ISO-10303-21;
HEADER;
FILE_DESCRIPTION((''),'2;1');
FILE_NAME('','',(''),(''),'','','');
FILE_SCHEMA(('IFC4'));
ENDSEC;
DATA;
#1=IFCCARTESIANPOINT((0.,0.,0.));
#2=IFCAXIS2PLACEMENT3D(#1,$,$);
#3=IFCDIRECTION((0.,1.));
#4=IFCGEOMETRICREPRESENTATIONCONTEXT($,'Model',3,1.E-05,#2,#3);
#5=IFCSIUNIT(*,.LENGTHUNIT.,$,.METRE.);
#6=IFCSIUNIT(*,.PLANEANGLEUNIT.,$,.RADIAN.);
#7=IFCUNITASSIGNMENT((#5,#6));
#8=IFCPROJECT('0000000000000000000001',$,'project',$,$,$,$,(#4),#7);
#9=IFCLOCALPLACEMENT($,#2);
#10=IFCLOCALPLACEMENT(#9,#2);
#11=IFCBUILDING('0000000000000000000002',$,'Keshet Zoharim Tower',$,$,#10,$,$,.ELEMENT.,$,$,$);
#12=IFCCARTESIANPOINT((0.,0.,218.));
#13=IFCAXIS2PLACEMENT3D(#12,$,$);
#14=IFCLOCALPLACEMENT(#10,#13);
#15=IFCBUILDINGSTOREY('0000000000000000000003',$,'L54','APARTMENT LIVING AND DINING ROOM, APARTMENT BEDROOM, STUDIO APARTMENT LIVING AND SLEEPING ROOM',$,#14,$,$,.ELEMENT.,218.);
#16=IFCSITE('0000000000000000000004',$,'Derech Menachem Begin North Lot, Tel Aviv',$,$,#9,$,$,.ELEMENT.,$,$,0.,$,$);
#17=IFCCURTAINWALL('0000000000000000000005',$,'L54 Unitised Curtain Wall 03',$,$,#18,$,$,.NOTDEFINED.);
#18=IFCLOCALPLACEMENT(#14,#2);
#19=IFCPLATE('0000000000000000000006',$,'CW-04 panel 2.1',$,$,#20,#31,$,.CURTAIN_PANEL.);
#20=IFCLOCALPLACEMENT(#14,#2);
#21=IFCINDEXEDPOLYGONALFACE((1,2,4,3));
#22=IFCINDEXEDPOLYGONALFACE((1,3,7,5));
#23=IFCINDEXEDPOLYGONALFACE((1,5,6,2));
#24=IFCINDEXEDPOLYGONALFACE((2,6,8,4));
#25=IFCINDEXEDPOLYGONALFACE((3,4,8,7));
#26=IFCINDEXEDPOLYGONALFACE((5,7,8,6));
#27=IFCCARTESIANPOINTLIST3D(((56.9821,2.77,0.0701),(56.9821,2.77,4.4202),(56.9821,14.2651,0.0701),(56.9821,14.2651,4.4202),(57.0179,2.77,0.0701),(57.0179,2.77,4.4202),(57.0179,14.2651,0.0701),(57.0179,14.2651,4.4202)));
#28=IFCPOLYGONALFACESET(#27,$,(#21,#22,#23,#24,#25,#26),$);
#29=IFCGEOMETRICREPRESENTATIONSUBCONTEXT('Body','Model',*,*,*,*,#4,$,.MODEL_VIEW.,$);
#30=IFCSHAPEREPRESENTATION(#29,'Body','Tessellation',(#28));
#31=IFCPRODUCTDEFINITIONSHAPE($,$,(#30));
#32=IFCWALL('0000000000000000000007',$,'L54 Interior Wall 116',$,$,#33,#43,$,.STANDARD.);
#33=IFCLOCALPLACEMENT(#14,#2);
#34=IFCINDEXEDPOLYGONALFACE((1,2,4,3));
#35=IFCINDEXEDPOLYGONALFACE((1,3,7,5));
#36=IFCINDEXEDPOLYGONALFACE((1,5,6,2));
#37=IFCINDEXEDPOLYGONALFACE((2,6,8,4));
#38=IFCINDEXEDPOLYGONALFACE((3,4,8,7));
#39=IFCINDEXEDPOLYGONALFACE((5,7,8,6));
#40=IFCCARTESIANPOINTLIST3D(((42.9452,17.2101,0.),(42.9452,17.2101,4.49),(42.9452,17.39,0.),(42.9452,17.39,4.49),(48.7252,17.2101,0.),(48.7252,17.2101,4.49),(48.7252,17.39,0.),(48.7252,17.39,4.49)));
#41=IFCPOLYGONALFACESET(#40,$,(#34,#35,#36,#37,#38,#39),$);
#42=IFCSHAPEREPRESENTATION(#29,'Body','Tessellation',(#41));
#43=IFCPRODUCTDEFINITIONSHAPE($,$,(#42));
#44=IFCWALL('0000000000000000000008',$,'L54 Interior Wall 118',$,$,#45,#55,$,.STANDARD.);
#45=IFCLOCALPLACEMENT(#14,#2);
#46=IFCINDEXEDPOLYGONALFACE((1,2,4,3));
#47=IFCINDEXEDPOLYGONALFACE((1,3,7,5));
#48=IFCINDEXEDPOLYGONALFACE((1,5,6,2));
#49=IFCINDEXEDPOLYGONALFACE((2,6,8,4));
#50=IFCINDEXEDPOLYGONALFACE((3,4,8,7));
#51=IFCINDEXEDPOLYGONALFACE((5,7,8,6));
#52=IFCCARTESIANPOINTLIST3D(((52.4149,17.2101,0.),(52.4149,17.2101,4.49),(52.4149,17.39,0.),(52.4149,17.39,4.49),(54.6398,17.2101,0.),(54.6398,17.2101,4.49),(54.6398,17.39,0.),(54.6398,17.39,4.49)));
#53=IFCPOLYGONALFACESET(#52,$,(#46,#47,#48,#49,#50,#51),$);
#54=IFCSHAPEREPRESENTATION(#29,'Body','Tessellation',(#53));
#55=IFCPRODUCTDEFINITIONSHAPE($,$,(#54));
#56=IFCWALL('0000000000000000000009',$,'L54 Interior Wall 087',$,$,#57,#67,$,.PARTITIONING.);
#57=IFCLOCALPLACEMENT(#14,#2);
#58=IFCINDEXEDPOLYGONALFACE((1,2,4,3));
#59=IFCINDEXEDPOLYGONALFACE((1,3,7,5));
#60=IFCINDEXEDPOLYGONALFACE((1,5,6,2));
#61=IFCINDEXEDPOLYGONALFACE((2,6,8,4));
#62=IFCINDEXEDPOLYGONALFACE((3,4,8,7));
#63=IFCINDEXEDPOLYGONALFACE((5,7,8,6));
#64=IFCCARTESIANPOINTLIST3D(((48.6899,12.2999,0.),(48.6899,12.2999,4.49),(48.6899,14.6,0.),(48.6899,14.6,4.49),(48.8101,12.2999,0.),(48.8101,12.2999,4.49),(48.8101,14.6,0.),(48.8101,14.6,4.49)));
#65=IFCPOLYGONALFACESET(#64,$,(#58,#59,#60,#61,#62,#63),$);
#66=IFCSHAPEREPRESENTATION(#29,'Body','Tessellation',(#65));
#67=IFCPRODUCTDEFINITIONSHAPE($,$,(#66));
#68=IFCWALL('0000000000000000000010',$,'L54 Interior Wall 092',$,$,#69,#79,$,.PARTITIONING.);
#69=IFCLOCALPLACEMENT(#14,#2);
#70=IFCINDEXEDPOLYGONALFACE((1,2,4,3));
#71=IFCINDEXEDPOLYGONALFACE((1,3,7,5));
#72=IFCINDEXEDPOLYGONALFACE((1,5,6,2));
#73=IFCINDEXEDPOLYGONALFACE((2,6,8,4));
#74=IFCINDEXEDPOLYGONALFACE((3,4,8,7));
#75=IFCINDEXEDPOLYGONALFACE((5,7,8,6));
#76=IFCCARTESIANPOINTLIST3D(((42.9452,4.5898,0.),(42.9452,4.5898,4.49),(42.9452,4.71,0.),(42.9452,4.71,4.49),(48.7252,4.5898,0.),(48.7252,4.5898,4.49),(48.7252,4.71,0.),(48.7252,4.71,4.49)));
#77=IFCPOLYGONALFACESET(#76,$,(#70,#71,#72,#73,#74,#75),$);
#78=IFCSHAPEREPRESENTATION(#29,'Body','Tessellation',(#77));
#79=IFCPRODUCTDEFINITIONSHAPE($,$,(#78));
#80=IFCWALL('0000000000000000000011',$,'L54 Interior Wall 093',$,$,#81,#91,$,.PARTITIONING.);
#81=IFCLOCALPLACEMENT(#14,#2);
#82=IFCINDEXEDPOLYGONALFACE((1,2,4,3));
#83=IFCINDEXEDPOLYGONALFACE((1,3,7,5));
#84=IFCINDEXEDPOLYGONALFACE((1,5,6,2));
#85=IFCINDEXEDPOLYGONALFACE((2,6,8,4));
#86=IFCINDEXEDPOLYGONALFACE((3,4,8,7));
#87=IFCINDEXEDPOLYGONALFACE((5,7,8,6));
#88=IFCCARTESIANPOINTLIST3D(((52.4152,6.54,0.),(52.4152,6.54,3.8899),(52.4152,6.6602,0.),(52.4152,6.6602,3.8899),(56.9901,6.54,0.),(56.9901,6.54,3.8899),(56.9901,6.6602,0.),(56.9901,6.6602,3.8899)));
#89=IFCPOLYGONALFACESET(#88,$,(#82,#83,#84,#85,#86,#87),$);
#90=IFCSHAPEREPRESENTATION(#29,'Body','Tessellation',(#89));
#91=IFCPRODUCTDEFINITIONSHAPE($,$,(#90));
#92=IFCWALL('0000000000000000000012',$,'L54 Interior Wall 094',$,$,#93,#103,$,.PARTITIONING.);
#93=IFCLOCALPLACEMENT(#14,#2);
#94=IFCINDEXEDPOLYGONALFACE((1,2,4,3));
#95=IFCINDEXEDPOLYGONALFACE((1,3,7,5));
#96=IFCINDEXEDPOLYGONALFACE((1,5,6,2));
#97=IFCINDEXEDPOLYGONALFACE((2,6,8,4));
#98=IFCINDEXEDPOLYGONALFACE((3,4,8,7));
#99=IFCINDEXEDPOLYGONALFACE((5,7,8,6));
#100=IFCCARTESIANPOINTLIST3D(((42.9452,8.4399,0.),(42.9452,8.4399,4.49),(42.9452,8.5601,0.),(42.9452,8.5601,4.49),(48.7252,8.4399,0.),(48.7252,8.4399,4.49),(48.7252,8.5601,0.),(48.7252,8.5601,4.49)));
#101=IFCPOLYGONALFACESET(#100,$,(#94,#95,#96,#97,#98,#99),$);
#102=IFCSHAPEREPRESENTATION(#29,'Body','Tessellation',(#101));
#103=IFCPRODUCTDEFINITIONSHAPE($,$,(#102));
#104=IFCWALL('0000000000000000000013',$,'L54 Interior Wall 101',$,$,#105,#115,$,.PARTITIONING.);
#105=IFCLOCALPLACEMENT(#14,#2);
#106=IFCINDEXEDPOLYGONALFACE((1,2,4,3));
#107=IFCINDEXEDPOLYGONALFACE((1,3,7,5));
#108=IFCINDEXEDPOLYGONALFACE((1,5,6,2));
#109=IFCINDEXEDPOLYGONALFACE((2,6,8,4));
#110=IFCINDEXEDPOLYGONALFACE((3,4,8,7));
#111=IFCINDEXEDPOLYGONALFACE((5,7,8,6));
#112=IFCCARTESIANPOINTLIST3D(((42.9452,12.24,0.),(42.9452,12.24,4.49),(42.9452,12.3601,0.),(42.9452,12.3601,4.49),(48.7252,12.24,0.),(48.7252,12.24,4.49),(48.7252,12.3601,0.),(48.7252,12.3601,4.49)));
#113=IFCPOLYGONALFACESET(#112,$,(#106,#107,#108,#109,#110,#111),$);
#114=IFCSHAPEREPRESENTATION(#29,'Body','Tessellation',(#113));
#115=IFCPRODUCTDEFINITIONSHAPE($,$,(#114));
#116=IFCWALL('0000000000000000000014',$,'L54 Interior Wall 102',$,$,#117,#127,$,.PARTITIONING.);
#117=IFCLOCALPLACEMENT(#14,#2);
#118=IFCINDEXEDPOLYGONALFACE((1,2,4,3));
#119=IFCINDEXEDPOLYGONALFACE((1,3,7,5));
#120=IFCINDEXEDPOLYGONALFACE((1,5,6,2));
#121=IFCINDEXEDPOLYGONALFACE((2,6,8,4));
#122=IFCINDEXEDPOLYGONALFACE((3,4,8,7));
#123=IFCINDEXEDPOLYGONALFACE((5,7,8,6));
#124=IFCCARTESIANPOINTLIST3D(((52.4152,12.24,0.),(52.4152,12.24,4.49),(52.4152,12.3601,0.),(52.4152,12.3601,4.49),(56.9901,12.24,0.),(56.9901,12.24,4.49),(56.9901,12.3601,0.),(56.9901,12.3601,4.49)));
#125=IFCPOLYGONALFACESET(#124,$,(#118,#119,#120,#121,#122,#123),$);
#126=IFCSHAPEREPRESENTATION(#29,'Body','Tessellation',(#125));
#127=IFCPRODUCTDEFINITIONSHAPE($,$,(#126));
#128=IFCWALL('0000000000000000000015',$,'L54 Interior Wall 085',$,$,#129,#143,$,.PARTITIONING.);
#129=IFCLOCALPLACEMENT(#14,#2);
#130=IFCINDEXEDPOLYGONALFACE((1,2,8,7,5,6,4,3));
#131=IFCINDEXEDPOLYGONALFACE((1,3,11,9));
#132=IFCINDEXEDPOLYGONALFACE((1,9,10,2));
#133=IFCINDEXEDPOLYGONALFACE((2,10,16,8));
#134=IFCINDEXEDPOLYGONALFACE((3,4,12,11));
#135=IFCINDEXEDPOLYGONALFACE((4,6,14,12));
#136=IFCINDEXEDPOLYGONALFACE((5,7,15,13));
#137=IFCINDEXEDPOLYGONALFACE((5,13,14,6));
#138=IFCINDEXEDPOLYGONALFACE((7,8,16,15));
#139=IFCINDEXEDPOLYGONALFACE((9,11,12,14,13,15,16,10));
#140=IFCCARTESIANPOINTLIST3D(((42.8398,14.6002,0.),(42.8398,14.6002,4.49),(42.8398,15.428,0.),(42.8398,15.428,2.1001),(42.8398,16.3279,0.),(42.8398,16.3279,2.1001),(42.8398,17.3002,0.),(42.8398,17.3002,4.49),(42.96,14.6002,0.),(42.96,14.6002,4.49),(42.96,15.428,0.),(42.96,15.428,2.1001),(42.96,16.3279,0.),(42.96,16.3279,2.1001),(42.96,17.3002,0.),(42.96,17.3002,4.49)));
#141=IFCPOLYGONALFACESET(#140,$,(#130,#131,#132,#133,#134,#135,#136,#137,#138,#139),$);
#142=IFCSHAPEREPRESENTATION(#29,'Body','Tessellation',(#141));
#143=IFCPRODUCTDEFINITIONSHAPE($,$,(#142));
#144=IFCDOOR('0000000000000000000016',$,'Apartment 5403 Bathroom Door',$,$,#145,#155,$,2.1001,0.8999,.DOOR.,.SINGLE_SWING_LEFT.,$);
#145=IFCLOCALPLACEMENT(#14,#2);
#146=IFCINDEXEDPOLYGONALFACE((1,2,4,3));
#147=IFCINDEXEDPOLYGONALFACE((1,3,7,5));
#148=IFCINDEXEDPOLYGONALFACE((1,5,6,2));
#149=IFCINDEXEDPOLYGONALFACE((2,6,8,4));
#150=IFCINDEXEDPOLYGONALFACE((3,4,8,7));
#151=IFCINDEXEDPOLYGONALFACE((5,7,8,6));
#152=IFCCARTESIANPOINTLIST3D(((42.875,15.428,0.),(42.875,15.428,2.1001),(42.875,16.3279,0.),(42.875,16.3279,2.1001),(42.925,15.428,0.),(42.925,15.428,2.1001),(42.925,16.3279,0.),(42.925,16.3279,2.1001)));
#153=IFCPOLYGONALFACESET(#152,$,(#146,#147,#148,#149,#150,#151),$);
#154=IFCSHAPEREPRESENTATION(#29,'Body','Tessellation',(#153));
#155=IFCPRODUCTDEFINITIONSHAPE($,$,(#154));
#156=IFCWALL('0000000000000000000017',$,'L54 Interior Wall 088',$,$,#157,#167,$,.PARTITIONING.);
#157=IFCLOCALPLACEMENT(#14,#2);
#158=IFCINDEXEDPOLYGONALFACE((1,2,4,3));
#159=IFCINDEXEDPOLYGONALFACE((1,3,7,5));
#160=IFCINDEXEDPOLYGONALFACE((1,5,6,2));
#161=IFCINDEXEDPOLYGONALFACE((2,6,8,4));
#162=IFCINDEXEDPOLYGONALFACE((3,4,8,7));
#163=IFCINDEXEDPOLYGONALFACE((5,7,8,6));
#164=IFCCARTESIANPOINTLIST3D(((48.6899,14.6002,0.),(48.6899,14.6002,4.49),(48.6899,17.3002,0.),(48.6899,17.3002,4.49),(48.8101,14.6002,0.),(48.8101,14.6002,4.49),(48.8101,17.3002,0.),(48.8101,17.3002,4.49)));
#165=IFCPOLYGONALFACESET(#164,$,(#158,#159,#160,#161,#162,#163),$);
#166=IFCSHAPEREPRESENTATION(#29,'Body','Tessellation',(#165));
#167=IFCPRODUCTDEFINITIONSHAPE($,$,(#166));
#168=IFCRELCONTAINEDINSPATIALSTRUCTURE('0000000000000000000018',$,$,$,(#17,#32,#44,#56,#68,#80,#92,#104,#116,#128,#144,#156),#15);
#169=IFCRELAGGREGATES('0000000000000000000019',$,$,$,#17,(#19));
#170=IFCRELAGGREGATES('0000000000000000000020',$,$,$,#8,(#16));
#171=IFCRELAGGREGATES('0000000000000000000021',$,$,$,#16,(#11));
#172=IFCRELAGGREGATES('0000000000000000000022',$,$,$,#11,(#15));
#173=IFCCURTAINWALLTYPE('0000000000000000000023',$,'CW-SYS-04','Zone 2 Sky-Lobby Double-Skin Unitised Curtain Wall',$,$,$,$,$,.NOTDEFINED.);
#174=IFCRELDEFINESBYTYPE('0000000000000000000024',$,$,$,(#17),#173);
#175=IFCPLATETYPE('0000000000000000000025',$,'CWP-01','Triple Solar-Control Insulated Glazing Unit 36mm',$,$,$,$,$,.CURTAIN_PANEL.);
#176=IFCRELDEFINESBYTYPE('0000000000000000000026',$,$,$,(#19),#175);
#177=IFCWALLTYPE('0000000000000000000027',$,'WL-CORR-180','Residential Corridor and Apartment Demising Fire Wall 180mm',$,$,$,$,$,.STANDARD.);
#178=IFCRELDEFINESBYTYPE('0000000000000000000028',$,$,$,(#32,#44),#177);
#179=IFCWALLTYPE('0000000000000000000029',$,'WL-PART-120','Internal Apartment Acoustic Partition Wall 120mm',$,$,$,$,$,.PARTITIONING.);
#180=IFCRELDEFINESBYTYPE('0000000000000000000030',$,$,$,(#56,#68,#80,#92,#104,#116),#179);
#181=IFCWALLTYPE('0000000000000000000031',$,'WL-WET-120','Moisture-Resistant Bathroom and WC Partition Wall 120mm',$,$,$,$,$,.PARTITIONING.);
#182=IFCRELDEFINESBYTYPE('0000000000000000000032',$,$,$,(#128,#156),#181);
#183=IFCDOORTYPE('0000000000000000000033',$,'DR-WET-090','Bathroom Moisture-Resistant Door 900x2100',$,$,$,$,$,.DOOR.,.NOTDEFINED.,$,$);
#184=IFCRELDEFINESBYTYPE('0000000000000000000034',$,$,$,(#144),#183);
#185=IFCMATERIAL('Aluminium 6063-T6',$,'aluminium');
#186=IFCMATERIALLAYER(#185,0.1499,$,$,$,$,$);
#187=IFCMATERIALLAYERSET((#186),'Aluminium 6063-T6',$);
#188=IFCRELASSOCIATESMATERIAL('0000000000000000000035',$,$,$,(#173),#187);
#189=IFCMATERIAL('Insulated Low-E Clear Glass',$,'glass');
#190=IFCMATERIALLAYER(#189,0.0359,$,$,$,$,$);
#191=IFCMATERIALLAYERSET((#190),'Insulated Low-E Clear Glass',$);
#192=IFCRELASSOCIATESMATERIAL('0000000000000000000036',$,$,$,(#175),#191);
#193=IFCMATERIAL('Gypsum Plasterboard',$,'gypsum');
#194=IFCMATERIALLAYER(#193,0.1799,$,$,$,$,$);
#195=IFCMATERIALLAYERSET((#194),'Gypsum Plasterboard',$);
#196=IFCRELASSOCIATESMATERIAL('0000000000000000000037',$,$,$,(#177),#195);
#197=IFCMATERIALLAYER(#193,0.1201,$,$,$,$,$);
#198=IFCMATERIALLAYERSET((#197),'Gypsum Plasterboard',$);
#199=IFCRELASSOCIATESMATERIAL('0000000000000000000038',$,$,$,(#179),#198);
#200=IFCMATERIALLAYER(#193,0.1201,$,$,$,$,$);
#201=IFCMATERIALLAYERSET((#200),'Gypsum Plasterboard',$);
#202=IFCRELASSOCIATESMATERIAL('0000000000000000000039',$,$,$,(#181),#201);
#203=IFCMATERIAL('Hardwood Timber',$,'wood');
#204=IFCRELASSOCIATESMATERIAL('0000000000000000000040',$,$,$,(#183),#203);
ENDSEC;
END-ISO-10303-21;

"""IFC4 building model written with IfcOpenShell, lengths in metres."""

from ifc_helpers import new_model, si_unit, direction, frame, frame_2d, origin, origin_2d, place, context, subcontext, project, spatial, rectangle, extrude, material, layer, layer_set, type_object, element, fill, aggregate, save


model = new_model("IFC4")

# Units and contexts
model_context = context("Model", 3, precision=1e-05, world=origin(), true_north=direction((0.0, 1.0)))
body_context = subcontext(model_context, "Body", "Model", "MODEL_VIEW")
ifc_project = project(units=[si_unit("LENGTHUNIT", "METRE"), si_unit("PLANEANGLEUNIT", "RADIAN")], contexts=[model_context])

# Site, building, storey
site_placement = place(None, origin())
site = spatial("IfcSite", under=ifc_project, at=site_placement, Name="Derech Menachem Begin North Lot, Tel Aviv", CompositionType="ELEMENT", RefElevation=0.0)
building_placement = place(site_placement, origin())
building = spatial("IfcBuilding", under=site, at=building_placement, Name="Keshet Zoharim Tower", CompositionType="ELEMENT")
storey_placement = place(building_placement, frame((0.0, 0.0, 218.0)))
storey = spatial("IfcBuildingStorey", under=building, at=storey_placement, Name="L54", Description="APARTMENT LIVING AND DINING ROOM, APARTMENT BEDROOM, STUDIO APARTMENT LIVING AND SLEEPING ROOM", CompositionType="ELEMENT", Elevation=218.0)

# Curtain wall, plate
ifc_material_1 = material(Name="Aluminium 6063-T6", Category="aluminium")
ifc_layer_1 = layer(ifc_material_1, 0.1499)
ifc_layer_set_1 = layer_set([ifc_layer_1], Name="Aluminium 6063-T6")
curtain_wall_type = type_object("IfcCurtainWallType", Name="CW-SYS-04", Description="Zone 2 Sky-Lobby Double-Skin Unitised Curtain Wall", PredefinedType="NOTDEFINED", material=ifc_layer_set_1)
curtain_wall_placement = place(storey_placement, origin())
curtain_wall = element("IfcCurtainWall", 1, at=curtain_wall_placement, inside=storey, type_object=curtain_wall_type, Name="L54 Unitised Curtain Wall 03", PredefinedType="NOTDEFINED")
ifc_material_2 = material(Name="Insulated Low-E Clear Glass", Category="glass")
ifc_layer_2 = layer(ifc_material_2, 0.0359)
ifc_layer_set_2 = layer_set([ifc_layer_2], Name="Insulated Low-E Clear Glass")
plate_type = type_object("IfcPlateType", Name="CWP-01", Description="Triple Solar-Control Insulated Glazing Unit 36mm", PredefinedType="CURTAIN_PANEL", material=ifc_layer_set_2)
plate_1_placement = place(storey_placement, frame((57.0, 8.5176, 0.0701), z_axis=(0.0, 0.0, 1.0), x_axis=(0.0, -1.0, 0.0)))
plate_1 = element("IfcPlate", 2, at=plate_1_placement, type_object=plate_type, Name="CW-04 panel 2.1", PredefinedType="CURTAIN_PANEL", context=body_context, shape_type="SweptSolid", body=[
    extrude(rectangle(XDim=11.4951, YDim=0.0359, at=origin_2d()), origin(), (0.0, 0.0, 1.0), 4.3501),
])
aggregate(curtain_wall, [plate_1])

# Wall
ifc_material_3 = material(Name="Gypsum Plasterboard", Category="gypsum")
ifc_layer_3 = layer(ifc_material_3, 0.1799)
ifc_layer_set_3 = layer_set([ifc_layer_3], Name="Gypsum Plasterboard")
wall_type_1 = type_object("IfcWallType", Name="WL-CORR-180", Description="Residential Corridor and Apartment Demising Fire Wall 180mm", PredefinedType="STANDARD", material=ifc_layer_set_3)
wall_1_placement = place(storey_placement, frame((42.9451, 17.3, 0.0), z_axis=(0.0, 0.0, 1.0), x_axis=(1.0, 0.0, 0.0)))
element("IfcWall", 3, at=wall_1_placement, inside=storey, type_object=wall_type_1, Name="L54 Interior Wall 116", PredefinedType="STANDARD", context=body_context, shape_type="SweptSolid", body=[
    extrude(rectangle(XDim=5.78, YDim=0.1799, at=frame_2d((2.8901, 0.0))), origin(), (0.0, 0.0, 1.0), 4.49),
])

# Shared definitions
ifc_material_4 = material(Name="Hardwood Timber", Category="wood")

# Walls
wall_2_placement = place(storey_placement, frame((52.415, 17.3, 0.0), z_axis=(0.0, 0.0, 1.0), x_axis=(1.0, 0.0, 0.0)))
element("IfcWall", 4, at=wall_2_placement, inside=storey, type_object=wall_type_1, Name="L54 Interior Wall 118", PredefinedType="STANDARD", context=body_context, shape_type="SweptSolid", body=[
    extrude(rectangle(XDim=2.2249, YDim=0.1799, at=frame_2d((1.1123, 0.0))), origin(), (0.0, 0.0, 1.0), 4.49),
])
ifc_layer_4 = layer(ifc_material_3, 0.1201)
ifc_layer_set_4 = layer_set([ifc_layer_4], Name="Gypsum Plasterboard")
wall_type_2 = type_object("IfcWallType", Name="WL-PART-120", Description="Internal Apartment Acoustic Partition Wall 120mm", PredefinedType="PARTITIONING", material=ifc_layer_set_4)
wall_3_placement = place(storey_placement, frame((48.75, 12.3, 0.0), z_axis=(0.0, 0.0, 1.0), x_axis=(0.0, 1.0, 0.0)))
element("IfcWall", 5, at=wall_3_placement, inside=storey, type_object=wall_type_2, Name="L54 Interior Wall 087", PredefinedType="PARTITIONING", context=body_context, shape_type="SweptSolid", body=[
    extrude(rectangle(XDim=2.3, YDim=0.1201, at=frame_2d((1.1499, 0.0))), origin(), (0.0, 0.0, 1.0), 4.49),
])

# Walls
wall_4_placement = place(storey_placement, frame((42.9451, 4.6499, 0.0), z_axis=(0.0, 0.0, 1.0), x_axis=(1.0, 0.0, 0.0)))
element("IfcWall", 6, at=wall_4_placement, inside=storey, type_object=wall_type_2, Name="L54 Interior Wall 092", PredefinedType="PARTITIONING", context=body_context, shape_type="SweptSolid", body=[
    extrude(rectangle(XDim=5.78, YDim=0.1201, at=frame_2d((2.8901, 0.0))), origin(), (0.0, 0.0, 1.0), 4.49),
])
wall_5_placement = place(storey_placement, frame((52.415, 6.6001, 0.0), z_axis=(0.0, 0.0, 1.0), x_axis=(1.0, 0.0, 0.0)))
element("IfcWall", 7, at=wall_5_placement, inside=storey, type_object=wall_type_2, Name="L54 Interior Wall 093", PredefinedType="PARTITIONING", context=body_context, shape_type="SweptSolid", body=[
    extrude(rectangle(XDim=4.575, YDim=0.1201, at=frame_2d((2.2876, 0.0))), origin(), (0.0, 0.0, 1.0), 3.8899),
])
for number, where, z_axis, x_axis, name in (
    (8, (42.9451, 8.5, 0.0), (0.0, 0.0, 1.0), (1.0, 0.0, 0.0), "L54 Interior Wall 094"),
    (9, (42.9451, 12.3, 0.0), (0.0, 0.0, 1.0), (1.0, 0.0, 0.0), "L54 Interior Wall 101"),
):
    element("IfcWall", number, at=place(storey_placement, frame(where, z_axis=z_axis, x_axis=x_axis)), inside=storey, type_object=wall_type_2, Name=name, PredefinedType="PARTITIONING", context=body_context, shape_type="SweptSolid", body=[
        extrude(rectangle(XDim=5.78, YDim=0.1201, at=frame_2d((2.8901, 0.0))), origin(), (0.0, 0.0, 1.0), 4.49),
    ])
wall_6_placement = place(storey_placement, frame((52.415, 12.3, 0.0), z_axis=(0.0, 0.0, 1.0), x_axis=(1.0, 0.0, 0.0)))
element("IfcWall", 10, at=wall_6_placement, inside=storey, type_object=wall_type_2, Name="L54 Interior Wall 102", PredefinedType="PARTITIONING", context=body_context, shape_type="SweptSolid", body=[
    extrude(rectangle(XDim=4.575, YDim=0.1201, at=frame_2d((2.2876, 0.0))), origin(), (0.0, 0.0, 1.0), 4.49),
])

# Wall, opening, door
ifc_layer_5 = layer(ifc_material_3, 0.1201)
ifc_layer_set_5 = layer_set([ifc_layer_5], Name="Gypsum Plasterboard")
wall_type_3 = type_object("IfcWallType", Name="WL-WET-120", Description="Moisture-Resistant Bathroom and WC Partition Wall 120mm", PredefinedType="PARTITIONING", material=ifc_layer_set_5)
wall_7_placement = place(storey_placement, frame((42.8999, 14.6001, 0.0), z_axis=(0.0, 0.0, 1.0), x_axis=(0.0, 1.0, 0.0)))
wall_7 = element("IfcWall", 11, at=wall_7_placement, inside=storey, type_object=wall_type_3, Name="L54 Interior Wall 085", PredefinedType="PARTITIONING", context=body_context, shape_type="SweptSolid", body=[
    extrude(rectangle(XDim=2.7, YDim=0.1201, at=frame_2d((1.3501, 0.0))), origin(), (0.0, 0.0, 1.0), 4.49),
])
opening_1_placement = place(wall_7_placement, frame((0.8279, 0.0, 0.0)))
opening_1 = element("IfcOpeningElement", 12, at=opening_1_placement, cuts=wall_7, PredefinedType="OPENING", context=body_context, shape_type="SweptSolid", body=[
    extrude(rectangle(XDim=0.8999, YDim=2.1001, at=frame_2d((0.45, 1.05))), frame((0.0, 0.0701, 0.0), z_axis=(0.0, -1.0, 0.0), x_axis=(1.0, 0.0, 0.0)), (0.0, 0.0, 1.0), 0.1401),
])
door_type_1 = type_object("IfcDoorType", Name="DR-WET-090", Description="Bathroom Moisture-Resistant Door 900x2100", OperationType="NOTDEFINED", PredefinedType="DOOR", material=ifc_material_4)
door_1_placement = place(opening_1_placement, origin())
door_1 = element("IfcDoor", 13, at=door_1_placement, inside=storey, type_object=door_type_1, Name="Apartment 5403 Bathroom Door", OperationType="SINGLE_SWING_LEFT", OverallHeight=2.1001, OverallWidth=0.8999, PredefinedType="DOOR", context=body_context, shape_type="SweptSolid", body=[
    extrude(rectangle(XDim=0.8999, YDim=2.1001, at=frame_2d((0.45, 1.05))), frame((0.0, 0.0249, 0.0), z_axis=(0.0, -1.0, 0.0), x_axis=(1.0, 0.0, 0.0)), (0.0, 0.0, 1.0), 0.05),
])
fill(opening_1, door_1)

# Wall
wall_8_placement = place(storey_placement, frame((48.75, 14.6001, 0.0), z_axis=(0.0, 0.0, 1.0), x_axis=(0.0, 1.0, 0.0)))
element("IfcWall", 14, at=wall_8_placement, inside=storey, type_object=wall_type_3, Name="L54 Interior Wall 088", PredefinedType="PARTITIONING", context=body_context, shape_type="SweptSolid", body=[
    extrude(rectangle(XDim=2.7, YDim=0.1201, at=frame_2d((1.3501, 0.0))), origin(), (0.0, 0.0, 1.0), 4.49),
])

save(model, "model.ifc")
